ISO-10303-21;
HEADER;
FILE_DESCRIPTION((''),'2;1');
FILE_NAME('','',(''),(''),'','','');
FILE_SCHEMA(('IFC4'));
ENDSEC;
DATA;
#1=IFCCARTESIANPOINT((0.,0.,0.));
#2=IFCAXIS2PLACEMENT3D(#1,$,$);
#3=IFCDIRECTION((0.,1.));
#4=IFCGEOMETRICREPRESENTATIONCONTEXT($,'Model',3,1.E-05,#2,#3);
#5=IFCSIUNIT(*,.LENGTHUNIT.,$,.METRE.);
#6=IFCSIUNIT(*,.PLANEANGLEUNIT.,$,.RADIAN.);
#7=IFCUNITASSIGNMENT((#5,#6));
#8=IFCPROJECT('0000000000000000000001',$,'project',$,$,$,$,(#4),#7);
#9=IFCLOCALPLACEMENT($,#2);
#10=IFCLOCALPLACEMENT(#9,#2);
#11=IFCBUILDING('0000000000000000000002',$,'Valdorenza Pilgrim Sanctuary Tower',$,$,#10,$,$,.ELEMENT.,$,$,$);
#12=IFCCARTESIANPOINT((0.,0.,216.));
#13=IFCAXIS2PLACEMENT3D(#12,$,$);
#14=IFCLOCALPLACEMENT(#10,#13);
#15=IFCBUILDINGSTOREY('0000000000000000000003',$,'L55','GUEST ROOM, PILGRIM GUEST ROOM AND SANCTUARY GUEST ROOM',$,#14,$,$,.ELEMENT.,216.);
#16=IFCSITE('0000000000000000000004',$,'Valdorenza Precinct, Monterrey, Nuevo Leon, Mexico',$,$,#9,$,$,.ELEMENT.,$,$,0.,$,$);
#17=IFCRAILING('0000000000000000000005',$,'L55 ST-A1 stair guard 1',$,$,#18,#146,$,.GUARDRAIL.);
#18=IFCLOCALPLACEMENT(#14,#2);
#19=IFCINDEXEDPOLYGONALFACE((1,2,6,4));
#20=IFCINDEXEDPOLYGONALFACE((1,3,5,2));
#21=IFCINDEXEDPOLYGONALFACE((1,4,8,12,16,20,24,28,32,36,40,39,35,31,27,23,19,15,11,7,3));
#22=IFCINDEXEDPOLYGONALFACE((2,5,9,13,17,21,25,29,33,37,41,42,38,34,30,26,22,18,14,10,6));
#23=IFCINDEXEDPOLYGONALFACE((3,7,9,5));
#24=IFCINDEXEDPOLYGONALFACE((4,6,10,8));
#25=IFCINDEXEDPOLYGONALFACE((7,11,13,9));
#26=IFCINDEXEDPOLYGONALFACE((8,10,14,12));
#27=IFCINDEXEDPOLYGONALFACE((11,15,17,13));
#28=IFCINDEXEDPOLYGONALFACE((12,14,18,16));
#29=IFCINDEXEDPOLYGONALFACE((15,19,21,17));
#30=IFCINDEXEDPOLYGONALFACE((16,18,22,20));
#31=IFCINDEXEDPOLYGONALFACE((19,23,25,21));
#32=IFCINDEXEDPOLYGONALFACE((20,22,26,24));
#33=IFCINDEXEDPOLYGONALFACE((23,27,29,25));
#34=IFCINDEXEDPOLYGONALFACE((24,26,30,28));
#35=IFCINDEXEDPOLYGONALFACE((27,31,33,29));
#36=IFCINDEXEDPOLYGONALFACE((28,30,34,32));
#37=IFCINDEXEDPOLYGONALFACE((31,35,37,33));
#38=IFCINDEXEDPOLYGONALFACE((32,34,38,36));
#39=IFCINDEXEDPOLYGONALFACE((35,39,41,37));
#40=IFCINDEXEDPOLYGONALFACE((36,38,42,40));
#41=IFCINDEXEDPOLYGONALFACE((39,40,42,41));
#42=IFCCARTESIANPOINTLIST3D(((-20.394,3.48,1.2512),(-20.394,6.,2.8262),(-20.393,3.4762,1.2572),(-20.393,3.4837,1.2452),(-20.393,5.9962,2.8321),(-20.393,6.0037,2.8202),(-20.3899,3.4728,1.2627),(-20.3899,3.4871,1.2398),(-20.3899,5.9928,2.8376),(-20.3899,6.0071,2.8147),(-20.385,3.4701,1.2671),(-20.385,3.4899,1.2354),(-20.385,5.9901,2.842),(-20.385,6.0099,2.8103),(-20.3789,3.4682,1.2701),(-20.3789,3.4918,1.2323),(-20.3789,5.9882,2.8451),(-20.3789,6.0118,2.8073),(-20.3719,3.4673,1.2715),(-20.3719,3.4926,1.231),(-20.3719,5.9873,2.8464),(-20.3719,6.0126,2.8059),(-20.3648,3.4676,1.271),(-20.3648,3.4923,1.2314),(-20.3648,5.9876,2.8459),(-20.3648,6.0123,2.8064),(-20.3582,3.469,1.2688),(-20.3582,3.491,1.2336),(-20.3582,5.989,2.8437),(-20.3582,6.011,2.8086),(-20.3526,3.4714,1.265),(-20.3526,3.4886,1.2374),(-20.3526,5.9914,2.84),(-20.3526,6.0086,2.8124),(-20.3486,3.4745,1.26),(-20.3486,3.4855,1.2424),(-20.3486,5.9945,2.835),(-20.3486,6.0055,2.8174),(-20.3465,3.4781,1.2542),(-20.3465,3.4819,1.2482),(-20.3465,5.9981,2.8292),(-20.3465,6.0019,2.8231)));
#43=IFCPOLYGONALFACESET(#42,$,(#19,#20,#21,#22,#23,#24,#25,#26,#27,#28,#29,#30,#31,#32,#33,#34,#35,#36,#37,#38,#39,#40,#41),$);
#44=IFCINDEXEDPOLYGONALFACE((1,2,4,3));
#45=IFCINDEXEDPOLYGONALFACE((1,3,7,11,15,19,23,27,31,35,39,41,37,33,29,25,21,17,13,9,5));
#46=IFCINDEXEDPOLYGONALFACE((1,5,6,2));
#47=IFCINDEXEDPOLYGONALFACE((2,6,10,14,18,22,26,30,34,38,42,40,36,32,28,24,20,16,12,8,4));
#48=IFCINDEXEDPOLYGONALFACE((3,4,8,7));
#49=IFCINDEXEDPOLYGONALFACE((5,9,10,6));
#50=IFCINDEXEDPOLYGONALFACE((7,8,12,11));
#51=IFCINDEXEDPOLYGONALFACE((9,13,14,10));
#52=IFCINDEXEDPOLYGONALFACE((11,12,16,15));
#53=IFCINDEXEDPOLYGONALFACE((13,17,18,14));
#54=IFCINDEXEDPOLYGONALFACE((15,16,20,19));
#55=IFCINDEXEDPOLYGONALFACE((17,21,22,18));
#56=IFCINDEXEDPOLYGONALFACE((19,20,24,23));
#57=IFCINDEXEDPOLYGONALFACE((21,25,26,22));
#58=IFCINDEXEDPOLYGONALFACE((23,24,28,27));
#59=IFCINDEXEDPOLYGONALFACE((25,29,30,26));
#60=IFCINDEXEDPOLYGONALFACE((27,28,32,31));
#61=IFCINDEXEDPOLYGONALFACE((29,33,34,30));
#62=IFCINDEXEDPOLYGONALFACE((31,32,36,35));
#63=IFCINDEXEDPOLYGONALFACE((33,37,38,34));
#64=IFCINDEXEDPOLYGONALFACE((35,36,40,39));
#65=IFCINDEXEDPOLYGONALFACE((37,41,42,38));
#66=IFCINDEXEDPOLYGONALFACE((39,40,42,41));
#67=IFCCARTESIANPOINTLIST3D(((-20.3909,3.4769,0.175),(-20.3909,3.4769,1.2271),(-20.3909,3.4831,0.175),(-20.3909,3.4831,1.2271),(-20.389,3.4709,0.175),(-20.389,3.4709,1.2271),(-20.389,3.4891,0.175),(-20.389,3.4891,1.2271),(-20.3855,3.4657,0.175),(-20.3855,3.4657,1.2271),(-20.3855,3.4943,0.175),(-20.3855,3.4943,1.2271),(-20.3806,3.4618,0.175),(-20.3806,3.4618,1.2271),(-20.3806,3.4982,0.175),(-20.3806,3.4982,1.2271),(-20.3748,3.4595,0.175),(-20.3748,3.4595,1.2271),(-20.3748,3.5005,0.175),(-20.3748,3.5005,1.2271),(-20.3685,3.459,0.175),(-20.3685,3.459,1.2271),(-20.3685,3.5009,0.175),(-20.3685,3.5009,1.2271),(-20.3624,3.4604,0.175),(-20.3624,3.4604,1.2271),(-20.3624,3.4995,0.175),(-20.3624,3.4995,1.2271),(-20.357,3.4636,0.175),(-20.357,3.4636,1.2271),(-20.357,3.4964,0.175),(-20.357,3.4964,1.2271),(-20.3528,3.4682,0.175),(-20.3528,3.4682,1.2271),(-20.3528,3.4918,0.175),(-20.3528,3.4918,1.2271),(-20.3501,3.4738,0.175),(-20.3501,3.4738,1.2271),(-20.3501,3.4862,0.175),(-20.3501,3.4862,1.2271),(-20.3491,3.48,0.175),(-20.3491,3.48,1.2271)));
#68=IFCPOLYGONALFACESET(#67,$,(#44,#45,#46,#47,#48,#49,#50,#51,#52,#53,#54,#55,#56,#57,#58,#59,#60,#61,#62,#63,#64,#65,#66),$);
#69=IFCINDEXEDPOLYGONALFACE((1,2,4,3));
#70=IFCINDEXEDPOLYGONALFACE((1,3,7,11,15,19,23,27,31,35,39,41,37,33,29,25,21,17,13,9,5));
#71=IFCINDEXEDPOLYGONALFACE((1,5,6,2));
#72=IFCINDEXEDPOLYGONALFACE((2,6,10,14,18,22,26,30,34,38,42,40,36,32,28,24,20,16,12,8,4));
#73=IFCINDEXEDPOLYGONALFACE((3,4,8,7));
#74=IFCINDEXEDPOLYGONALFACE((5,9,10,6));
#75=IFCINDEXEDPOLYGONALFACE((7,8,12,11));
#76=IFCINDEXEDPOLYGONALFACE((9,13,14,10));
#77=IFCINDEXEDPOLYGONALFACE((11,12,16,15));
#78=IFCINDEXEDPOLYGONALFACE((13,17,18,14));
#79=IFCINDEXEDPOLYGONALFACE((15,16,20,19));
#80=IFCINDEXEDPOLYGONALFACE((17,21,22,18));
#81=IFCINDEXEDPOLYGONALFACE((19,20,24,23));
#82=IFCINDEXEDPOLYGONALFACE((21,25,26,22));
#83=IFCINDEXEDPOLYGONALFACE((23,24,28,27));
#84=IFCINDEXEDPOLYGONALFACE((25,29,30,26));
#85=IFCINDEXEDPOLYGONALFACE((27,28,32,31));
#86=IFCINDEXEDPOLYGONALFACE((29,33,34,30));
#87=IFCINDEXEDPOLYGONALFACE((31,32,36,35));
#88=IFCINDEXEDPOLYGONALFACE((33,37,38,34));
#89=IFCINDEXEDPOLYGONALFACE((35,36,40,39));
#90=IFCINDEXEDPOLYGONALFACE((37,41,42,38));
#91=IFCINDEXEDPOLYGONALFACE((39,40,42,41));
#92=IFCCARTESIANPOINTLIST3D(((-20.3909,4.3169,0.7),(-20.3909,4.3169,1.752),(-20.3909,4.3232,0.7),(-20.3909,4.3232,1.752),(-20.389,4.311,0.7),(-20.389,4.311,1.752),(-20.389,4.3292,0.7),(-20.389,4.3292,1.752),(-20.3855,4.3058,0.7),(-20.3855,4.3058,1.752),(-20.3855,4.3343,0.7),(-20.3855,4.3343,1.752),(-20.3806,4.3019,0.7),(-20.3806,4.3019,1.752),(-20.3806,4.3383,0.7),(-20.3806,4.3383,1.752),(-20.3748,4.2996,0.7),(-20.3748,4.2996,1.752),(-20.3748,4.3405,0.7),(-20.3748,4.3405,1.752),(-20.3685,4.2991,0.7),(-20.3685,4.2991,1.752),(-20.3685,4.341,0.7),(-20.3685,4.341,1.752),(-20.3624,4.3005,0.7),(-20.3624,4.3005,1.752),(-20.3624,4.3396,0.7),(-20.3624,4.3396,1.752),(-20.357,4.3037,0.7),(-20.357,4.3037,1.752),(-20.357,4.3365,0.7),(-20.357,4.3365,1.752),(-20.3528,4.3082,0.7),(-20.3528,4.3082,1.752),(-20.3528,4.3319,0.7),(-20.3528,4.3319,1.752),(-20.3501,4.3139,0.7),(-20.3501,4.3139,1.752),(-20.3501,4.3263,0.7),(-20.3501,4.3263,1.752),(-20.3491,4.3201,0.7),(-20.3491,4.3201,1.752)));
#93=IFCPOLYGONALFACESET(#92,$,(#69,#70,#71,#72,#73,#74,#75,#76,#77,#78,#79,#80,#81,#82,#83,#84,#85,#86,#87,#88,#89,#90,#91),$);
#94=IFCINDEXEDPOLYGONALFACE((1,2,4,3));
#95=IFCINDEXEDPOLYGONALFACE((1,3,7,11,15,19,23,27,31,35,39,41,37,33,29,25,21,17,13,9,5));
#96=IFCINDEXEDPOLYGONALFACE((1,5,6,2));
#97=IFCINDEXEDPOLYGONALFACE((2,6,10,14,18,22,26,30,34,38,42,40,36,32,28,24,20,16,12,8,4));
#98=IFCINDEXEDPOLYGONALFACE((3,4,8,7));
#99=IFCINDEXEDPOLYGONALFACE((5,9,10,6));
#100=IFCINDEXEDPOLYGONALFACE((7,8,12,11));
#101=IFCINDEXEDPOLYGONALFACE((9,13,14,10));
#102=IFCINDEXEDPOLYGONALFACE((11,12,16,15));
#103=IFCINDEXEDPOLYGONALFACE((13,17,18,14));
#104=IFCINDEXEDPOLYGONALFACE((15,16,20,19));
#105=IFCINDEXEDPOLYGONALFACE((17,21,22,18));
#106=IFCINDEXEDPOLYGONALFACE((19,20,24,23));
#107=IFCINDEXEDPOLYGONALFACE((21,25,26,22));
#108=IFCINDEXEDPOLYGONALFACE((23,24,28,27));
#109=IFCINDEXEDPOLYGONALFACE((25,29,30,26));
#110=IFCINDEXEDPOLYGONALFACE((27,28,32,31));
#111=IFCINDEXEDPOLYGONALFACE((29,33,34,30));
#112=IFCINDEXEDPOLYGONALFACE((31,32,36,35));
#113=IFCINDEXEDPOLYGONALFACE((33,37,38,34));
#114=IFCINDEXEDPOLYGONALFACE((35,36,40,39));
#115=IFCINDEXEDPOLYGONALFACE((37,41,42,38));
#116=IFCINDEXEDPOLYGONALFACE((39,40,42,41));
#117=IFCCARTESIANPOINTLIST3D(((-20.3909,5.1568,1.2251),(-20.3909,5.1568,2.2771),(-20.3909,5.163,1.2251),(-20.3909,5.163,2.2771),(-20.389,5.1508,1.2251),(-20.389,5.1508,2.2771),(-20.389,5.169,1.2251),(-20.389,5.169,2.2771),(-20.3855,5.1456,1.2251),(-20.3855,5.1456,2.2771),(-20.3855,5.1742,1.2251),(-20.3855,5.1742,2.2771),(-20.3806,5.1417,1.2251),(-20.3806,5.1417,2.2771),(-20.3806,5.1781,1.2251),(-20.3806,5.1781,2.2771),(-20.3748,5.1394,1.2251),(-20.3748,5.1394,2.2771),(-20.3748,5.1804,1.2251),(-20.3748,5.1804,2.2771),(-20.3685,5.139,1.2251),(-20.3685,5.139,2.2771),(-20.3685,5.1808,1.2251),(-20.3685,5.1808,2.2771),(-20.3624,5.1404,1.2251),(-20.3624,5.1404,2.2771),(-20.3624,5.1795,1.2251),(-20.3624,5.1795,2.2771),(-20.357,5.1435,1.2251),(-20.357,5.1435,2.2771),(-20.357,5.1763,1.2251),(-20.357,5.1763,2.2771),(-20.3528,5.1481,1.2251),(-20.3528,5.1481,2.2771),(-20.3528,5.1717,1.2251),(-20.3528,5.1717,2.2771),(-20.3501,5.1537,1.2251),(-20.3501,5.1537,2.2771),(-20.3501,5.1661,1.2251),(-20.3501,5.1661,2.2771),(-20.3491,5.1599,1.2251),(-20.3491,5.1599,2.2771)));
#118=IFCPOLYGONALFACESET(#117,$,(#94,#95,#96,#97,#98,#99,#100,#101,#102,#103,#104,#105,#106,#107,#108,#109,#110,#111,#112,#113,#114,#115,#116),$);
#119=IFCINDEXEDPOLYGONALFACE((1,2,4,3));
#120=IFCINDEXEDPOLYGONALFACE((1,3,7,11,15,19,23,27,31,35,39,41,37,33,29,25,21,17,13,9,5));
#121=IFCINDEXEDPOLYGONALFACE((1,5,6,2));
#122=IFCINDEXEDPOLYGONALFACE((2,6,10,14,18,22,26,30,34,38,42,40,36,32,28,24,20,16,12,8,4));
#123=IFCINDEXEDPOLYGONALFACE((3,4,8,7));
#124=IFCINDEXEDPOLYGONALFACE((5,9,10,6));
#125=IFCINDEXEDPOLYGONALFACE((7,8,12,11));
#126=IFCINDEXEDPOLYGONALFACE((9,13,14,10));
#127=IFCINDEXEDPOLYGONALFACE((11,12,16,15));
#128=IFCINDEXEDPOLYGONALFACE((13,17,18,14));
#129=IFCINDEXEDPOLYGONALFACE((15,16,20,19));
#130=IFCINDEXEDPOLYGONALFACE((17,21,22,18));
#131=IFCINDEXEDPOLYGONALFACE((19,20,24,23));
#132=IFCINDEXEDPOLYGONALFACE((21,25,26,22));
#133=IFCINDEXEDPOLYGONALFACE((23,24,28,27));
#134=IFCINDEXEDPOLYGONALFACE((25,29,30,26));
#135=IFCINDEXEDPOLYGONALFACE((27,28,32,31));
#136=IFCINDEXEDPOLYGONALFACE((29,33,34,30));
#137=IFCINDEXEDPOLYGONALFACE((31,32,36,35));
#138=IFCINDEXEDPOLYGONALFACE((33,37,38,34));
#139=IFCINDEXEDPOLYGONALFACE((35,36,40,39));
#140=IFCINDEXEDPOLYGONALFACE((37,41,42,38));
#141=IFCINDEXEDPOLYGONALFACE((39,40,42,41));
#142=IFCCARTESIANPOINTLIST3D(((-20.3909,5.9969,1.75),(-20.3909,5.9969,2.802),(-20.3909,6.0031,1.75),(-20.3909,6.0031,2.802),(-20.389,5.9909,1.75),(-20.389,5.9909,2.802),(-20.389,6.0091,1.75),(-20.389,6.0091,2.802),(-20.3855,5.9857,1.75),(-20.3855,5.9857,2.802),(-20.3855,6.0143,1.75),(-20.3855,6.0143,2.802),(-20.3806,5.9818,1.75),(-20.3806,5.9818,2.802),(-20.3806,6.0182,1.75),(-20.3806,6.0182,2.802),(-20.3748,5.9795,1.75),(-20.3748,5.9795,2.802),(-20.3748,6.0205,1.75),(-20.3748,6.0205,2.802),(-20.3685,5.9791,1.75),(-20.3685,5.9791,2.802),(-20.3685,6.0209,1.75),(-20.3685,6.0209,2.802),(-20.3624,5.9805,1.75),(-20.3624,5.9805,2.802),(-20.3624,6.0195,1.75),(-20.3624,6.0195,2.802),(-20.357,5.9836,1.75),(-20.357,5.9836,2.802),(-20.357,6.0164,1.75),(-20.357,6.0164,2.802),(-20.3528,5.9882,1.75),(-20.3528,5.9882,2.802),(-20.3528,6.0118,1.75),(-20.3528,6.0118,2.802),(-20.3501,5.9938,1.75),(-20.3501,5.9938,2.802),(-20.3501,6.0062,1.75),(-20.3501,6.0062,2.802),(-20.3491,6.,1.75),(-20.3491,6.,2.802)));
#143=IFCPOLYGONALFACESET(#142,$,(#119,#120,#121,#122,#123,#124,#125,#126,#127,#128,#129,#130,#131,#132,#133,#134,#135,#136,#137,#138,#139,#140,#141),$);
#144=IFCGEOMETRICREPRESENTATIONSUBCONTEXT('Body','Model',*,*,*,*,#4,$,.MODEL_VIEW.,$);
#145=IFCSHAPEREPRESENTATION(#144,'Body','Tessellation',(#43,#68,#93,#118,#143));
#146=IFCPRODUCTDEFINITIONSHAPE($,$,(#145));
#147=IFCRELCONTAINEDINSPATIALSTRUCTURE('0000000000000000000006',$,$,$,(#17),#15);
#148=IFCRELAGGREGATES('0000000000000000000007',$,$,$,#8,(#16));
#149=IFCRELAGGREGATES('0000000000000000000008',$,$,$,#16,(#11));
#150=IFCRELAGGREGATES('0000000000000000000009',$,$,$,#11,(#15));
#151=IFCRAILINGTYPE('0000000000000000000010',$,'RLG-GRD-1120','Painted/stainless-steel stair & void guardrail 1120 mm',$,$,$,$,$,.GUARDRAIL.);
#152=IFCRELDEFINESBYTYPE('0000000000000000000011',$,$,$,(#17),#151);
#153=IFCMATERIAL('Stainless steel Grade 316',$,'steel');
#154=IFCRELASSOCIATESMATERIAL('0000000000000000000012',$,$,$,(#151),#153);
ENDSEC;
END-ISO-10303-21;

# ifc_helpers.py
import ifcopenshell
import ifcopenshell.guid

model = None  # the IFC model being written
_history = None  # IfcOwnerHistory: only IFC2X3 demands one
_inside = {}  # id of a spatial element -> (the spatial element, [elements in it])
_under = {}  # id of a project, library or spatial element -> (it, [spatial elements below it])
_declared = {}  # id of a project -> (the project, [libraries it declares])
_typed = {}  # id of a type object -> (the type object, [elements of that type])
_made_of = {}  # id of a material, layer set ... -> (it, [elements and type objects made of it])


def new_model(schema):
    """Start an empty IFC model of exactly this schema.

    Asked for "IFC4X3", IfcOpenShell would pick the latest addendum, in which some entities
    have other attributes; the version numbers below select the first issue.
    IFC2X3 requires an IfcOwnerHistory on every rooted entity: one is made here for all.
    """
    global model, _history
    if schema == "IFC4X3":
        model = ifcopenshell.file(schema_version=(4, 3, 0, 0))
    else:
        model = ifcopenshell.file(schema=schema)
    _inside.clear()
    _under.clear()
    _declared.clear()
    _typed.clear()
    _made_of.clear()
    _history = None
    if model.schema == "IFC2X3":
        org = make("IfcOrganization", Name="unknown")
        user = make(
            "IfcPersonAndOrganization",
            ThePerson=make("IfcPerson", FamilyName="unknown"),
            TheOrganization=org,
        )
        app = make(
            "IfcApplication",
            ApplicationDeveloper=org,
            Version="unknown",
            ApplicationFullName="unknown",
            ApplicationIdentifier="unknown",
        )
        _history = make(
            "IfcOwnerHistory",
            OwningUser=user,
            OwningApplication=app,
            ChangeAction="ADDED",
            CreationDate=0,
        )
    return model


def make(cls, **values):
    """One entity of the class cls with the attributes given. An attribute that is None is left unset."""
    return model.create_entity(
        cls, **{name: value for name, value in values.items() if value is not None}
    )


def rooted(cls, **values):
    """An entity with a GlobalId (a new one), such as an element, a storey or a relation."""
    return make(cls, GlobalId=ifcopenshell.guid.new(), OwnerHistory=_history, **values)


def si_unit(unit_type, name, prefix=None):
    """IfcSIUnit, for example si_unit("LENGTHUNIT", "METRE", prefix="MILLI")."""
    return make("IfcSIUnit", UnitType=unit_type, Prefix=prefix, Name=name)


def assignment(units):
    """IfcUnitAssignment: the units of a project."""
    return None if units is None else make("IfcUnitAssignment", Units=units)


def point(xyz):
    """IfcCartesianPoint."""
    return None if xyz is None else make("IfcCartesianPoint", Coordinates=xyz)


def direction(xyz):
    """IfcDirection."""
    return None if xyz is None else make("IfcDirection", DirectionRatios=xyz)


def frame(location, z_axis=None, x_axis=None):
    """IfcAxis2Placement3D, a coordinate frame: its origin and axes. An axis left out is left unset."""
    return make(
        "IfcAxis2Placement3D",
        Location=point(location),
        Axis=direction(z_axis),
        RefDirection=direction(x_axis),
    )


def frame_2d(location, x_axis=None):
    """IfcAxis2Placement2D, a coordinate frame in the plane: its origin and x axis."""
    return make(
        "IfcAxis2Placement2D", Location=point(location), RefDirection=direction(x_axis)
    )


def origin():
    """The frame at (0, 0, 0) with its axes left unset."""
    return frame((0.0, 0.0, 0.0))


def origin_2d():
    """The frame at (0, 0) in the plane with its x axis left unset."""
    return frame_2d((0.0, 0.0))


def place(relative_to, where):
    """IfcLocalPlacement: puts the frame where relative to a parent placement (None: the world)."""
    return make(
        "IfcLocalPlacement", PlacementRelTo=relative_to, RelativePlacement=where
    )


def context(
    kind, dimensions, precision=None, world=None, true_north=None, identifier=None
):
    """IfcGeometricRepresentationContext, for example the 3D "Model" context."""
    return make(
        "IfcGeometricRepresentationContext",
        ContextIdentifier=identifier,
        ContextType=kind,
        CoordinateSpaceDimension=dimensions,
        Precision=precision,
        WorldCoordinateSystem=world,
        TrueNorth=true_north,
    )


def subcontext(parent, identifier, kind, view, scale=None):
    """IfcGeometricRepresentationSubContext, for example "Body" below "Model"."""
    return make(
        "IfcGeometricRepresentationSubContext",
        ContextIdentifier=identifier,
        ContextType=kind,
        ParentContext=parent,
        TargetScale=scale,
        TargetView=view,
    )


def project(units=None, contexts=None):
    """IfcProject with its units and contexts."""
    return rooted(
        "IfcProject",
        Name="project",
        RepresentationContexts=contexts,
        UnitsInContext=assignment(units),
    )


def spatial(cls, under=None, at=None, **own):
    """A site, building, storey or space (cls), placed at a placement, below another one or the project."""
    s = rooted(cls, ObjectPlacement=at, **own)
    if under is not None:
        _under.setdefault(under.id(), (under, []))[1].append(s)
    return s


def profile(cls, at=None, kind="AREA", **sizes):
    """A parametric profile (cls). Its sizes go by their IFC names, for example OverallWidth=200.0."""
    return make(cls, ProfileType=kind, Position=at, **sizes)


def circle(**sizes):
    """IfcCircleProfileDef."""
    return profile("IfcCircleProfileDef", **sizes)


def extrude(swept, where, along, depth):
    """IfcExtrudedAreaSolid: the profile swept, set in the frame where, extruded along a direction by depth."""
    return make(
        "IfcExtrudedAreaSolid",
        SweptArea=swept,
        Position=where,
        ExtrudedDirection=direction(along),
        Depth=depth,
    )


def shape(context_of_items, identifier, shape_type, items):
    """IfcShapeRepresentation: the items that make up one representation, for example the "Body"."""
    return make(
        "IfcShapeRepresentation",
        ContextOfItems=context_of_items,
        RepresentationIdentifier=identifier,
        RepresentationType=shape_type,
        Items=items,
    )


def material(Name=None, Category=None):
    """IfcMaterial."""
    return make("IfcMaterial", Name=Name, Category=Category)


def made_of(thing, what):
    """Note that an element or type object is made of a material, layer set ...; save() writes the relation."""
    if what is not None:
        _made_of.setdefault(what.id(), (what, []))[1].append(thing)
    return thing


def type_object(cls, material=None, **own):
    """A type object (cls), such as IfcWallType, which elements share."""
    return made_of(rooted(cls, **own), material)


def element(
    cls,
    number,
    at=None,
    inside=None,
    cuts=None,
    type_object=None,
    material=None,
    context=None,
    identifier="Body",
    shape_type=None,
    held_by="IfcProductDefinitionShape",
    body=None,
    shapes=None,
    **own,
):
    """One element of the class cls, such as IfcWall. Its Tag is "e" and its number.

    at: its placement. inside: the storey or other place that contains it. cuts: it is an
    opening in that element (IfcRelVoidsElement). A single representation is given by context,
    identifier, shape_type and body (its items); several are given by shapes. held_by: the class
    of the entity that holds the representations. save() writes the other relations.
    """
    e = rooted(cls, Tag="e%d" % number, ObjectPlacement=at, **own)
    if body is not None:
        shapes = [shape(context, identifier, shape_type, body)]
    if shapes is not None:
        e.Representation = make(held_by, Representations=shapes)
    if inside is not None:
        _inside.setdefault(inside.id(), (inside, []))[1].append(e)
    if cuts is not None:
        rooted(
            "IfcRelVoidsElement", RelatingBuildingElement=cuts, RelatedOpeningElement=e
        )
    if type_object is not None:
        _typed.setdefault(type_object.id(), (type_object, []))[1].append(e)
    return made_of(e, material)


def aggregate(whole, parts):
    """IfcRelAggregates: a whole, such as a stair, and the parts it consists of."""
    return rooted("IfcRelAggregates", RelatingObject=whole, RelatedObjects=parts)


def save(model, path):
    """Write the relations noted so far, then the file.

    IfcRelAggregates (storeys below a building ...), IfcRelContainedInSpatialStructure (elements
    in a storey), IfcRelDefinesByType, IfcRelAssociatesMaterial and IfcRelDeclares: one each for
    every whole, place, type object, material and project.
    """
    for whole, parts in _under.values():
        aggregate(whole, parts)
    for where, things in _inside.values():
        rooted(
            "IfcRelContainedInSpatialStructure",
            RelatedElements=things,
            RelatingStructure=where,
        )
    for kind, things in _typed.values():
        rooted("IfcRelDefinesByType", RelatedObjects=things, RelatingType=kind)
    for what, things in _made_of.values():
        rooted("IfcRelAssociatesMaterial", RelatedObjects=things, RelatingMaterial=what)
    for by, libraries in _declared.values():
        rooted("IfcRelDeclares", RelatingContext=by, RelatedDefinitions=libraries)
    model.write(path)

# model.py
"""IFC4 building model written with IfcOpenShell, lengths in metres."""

from ifc_helpers import new_model, si_unit, direction, frame, origin, origin_2d, place, context, subcontext, project, spatial, circle, extrude, material, type_object, element, save


model = new_model("IFC4")

# Units and contexts
model_context = context("Model", 3, precision=1e-05, world=origin(), true_north=direction((0.0, 1.0)))
body_context = subcontext(model_context, "Body", "Model", "MODEL_VIEW")
ifc_project = project(units=[si_unit("LENGTHUNIT", "METRE"), si_unit("PLANEANGLEUNIT", "RADIAN")], contexts=[model_context])

# Site, building, storey
site_placement = place(None, origin())
site = spatial("IfcSite", under=ifc_project, at=site_placement, Name="Valdorenza Precinct, Monterrey, Nuevo Leon, Mexico", CompositionType="ELEMENT", RefElevation=0.0)
building_placement = place(site_placement, origin())
building = spatial("IfcBuilding", under=site, at=building_placement, Name="Valdorenza Pilgrim Sanctuary Tower", CompositionType="ELEMENT")
storey_placement = place(building_placement, frame((0.0, 0.0, 216.0)))
storey = spatial("IfcBuildingStorey", under=building, at=storey_placement, Name="L55", Description="GUEST ROOM, PILGRIM GUEST ROOM AND SANCTUARY GUEST ROOM", CompositionType="ELEMENT", Elevation=216.0)

# Railing
ifc_material_1 = material(Name="Stainless steel Grade 316", Category="steel")
railing_type_1 = type_object("IfcRailingType", Name="RLG-GRD-1120", Description="Painted/stainless-steel stair & void guardrail 1120 mm", PredefinedType="GUARDRAIL", material=ifc_material_1)
railing_1_placement = place(storey_placement, frame((-20.3701, 3.48, 0.175)))
element("IfcRailing", 1, at=railing_1_placement, inside=storey, type_object=railing_type_1, Name="L55 ST-A1 stair guard 1", PredefinedType="GUARDRAIL", context=body_context, shape_type="SweptSolid", body=[
    extrude(circle(Radius=0.0239, at=origin_2d()), frame((0.0, 0.0, 1.0762), z_axis=(0.0, 0.848008, 0.529984), x_axis=(-1.0, 0.0, 0.0)), (0.0, 0.0, 1.0), 2.9717),
    extrude(circle(Radius=0.021, at=origin_2d()), origin(), (0.0, 0.0, 1.0), 1.052),
    extrude(circle(Radius=0.021, at=origin_2d()), frame((0.0, 0.8401, 0.5249)), (0.0, 0.0, 1.0), 1.052),
    extrude(circle(Radius=0.021, at=origin_2d()), frame((0.0, 1.6799, 1.05)), (0.0, 0.0, 1.0), 1.052),
    extrude(circle(Radius=0.021, at=origin_2d()), frame((0.0, 2.52, 1.575)), (0.0, 0.0, 1.0), 1.052),
])

save(model, "model.ifc")
